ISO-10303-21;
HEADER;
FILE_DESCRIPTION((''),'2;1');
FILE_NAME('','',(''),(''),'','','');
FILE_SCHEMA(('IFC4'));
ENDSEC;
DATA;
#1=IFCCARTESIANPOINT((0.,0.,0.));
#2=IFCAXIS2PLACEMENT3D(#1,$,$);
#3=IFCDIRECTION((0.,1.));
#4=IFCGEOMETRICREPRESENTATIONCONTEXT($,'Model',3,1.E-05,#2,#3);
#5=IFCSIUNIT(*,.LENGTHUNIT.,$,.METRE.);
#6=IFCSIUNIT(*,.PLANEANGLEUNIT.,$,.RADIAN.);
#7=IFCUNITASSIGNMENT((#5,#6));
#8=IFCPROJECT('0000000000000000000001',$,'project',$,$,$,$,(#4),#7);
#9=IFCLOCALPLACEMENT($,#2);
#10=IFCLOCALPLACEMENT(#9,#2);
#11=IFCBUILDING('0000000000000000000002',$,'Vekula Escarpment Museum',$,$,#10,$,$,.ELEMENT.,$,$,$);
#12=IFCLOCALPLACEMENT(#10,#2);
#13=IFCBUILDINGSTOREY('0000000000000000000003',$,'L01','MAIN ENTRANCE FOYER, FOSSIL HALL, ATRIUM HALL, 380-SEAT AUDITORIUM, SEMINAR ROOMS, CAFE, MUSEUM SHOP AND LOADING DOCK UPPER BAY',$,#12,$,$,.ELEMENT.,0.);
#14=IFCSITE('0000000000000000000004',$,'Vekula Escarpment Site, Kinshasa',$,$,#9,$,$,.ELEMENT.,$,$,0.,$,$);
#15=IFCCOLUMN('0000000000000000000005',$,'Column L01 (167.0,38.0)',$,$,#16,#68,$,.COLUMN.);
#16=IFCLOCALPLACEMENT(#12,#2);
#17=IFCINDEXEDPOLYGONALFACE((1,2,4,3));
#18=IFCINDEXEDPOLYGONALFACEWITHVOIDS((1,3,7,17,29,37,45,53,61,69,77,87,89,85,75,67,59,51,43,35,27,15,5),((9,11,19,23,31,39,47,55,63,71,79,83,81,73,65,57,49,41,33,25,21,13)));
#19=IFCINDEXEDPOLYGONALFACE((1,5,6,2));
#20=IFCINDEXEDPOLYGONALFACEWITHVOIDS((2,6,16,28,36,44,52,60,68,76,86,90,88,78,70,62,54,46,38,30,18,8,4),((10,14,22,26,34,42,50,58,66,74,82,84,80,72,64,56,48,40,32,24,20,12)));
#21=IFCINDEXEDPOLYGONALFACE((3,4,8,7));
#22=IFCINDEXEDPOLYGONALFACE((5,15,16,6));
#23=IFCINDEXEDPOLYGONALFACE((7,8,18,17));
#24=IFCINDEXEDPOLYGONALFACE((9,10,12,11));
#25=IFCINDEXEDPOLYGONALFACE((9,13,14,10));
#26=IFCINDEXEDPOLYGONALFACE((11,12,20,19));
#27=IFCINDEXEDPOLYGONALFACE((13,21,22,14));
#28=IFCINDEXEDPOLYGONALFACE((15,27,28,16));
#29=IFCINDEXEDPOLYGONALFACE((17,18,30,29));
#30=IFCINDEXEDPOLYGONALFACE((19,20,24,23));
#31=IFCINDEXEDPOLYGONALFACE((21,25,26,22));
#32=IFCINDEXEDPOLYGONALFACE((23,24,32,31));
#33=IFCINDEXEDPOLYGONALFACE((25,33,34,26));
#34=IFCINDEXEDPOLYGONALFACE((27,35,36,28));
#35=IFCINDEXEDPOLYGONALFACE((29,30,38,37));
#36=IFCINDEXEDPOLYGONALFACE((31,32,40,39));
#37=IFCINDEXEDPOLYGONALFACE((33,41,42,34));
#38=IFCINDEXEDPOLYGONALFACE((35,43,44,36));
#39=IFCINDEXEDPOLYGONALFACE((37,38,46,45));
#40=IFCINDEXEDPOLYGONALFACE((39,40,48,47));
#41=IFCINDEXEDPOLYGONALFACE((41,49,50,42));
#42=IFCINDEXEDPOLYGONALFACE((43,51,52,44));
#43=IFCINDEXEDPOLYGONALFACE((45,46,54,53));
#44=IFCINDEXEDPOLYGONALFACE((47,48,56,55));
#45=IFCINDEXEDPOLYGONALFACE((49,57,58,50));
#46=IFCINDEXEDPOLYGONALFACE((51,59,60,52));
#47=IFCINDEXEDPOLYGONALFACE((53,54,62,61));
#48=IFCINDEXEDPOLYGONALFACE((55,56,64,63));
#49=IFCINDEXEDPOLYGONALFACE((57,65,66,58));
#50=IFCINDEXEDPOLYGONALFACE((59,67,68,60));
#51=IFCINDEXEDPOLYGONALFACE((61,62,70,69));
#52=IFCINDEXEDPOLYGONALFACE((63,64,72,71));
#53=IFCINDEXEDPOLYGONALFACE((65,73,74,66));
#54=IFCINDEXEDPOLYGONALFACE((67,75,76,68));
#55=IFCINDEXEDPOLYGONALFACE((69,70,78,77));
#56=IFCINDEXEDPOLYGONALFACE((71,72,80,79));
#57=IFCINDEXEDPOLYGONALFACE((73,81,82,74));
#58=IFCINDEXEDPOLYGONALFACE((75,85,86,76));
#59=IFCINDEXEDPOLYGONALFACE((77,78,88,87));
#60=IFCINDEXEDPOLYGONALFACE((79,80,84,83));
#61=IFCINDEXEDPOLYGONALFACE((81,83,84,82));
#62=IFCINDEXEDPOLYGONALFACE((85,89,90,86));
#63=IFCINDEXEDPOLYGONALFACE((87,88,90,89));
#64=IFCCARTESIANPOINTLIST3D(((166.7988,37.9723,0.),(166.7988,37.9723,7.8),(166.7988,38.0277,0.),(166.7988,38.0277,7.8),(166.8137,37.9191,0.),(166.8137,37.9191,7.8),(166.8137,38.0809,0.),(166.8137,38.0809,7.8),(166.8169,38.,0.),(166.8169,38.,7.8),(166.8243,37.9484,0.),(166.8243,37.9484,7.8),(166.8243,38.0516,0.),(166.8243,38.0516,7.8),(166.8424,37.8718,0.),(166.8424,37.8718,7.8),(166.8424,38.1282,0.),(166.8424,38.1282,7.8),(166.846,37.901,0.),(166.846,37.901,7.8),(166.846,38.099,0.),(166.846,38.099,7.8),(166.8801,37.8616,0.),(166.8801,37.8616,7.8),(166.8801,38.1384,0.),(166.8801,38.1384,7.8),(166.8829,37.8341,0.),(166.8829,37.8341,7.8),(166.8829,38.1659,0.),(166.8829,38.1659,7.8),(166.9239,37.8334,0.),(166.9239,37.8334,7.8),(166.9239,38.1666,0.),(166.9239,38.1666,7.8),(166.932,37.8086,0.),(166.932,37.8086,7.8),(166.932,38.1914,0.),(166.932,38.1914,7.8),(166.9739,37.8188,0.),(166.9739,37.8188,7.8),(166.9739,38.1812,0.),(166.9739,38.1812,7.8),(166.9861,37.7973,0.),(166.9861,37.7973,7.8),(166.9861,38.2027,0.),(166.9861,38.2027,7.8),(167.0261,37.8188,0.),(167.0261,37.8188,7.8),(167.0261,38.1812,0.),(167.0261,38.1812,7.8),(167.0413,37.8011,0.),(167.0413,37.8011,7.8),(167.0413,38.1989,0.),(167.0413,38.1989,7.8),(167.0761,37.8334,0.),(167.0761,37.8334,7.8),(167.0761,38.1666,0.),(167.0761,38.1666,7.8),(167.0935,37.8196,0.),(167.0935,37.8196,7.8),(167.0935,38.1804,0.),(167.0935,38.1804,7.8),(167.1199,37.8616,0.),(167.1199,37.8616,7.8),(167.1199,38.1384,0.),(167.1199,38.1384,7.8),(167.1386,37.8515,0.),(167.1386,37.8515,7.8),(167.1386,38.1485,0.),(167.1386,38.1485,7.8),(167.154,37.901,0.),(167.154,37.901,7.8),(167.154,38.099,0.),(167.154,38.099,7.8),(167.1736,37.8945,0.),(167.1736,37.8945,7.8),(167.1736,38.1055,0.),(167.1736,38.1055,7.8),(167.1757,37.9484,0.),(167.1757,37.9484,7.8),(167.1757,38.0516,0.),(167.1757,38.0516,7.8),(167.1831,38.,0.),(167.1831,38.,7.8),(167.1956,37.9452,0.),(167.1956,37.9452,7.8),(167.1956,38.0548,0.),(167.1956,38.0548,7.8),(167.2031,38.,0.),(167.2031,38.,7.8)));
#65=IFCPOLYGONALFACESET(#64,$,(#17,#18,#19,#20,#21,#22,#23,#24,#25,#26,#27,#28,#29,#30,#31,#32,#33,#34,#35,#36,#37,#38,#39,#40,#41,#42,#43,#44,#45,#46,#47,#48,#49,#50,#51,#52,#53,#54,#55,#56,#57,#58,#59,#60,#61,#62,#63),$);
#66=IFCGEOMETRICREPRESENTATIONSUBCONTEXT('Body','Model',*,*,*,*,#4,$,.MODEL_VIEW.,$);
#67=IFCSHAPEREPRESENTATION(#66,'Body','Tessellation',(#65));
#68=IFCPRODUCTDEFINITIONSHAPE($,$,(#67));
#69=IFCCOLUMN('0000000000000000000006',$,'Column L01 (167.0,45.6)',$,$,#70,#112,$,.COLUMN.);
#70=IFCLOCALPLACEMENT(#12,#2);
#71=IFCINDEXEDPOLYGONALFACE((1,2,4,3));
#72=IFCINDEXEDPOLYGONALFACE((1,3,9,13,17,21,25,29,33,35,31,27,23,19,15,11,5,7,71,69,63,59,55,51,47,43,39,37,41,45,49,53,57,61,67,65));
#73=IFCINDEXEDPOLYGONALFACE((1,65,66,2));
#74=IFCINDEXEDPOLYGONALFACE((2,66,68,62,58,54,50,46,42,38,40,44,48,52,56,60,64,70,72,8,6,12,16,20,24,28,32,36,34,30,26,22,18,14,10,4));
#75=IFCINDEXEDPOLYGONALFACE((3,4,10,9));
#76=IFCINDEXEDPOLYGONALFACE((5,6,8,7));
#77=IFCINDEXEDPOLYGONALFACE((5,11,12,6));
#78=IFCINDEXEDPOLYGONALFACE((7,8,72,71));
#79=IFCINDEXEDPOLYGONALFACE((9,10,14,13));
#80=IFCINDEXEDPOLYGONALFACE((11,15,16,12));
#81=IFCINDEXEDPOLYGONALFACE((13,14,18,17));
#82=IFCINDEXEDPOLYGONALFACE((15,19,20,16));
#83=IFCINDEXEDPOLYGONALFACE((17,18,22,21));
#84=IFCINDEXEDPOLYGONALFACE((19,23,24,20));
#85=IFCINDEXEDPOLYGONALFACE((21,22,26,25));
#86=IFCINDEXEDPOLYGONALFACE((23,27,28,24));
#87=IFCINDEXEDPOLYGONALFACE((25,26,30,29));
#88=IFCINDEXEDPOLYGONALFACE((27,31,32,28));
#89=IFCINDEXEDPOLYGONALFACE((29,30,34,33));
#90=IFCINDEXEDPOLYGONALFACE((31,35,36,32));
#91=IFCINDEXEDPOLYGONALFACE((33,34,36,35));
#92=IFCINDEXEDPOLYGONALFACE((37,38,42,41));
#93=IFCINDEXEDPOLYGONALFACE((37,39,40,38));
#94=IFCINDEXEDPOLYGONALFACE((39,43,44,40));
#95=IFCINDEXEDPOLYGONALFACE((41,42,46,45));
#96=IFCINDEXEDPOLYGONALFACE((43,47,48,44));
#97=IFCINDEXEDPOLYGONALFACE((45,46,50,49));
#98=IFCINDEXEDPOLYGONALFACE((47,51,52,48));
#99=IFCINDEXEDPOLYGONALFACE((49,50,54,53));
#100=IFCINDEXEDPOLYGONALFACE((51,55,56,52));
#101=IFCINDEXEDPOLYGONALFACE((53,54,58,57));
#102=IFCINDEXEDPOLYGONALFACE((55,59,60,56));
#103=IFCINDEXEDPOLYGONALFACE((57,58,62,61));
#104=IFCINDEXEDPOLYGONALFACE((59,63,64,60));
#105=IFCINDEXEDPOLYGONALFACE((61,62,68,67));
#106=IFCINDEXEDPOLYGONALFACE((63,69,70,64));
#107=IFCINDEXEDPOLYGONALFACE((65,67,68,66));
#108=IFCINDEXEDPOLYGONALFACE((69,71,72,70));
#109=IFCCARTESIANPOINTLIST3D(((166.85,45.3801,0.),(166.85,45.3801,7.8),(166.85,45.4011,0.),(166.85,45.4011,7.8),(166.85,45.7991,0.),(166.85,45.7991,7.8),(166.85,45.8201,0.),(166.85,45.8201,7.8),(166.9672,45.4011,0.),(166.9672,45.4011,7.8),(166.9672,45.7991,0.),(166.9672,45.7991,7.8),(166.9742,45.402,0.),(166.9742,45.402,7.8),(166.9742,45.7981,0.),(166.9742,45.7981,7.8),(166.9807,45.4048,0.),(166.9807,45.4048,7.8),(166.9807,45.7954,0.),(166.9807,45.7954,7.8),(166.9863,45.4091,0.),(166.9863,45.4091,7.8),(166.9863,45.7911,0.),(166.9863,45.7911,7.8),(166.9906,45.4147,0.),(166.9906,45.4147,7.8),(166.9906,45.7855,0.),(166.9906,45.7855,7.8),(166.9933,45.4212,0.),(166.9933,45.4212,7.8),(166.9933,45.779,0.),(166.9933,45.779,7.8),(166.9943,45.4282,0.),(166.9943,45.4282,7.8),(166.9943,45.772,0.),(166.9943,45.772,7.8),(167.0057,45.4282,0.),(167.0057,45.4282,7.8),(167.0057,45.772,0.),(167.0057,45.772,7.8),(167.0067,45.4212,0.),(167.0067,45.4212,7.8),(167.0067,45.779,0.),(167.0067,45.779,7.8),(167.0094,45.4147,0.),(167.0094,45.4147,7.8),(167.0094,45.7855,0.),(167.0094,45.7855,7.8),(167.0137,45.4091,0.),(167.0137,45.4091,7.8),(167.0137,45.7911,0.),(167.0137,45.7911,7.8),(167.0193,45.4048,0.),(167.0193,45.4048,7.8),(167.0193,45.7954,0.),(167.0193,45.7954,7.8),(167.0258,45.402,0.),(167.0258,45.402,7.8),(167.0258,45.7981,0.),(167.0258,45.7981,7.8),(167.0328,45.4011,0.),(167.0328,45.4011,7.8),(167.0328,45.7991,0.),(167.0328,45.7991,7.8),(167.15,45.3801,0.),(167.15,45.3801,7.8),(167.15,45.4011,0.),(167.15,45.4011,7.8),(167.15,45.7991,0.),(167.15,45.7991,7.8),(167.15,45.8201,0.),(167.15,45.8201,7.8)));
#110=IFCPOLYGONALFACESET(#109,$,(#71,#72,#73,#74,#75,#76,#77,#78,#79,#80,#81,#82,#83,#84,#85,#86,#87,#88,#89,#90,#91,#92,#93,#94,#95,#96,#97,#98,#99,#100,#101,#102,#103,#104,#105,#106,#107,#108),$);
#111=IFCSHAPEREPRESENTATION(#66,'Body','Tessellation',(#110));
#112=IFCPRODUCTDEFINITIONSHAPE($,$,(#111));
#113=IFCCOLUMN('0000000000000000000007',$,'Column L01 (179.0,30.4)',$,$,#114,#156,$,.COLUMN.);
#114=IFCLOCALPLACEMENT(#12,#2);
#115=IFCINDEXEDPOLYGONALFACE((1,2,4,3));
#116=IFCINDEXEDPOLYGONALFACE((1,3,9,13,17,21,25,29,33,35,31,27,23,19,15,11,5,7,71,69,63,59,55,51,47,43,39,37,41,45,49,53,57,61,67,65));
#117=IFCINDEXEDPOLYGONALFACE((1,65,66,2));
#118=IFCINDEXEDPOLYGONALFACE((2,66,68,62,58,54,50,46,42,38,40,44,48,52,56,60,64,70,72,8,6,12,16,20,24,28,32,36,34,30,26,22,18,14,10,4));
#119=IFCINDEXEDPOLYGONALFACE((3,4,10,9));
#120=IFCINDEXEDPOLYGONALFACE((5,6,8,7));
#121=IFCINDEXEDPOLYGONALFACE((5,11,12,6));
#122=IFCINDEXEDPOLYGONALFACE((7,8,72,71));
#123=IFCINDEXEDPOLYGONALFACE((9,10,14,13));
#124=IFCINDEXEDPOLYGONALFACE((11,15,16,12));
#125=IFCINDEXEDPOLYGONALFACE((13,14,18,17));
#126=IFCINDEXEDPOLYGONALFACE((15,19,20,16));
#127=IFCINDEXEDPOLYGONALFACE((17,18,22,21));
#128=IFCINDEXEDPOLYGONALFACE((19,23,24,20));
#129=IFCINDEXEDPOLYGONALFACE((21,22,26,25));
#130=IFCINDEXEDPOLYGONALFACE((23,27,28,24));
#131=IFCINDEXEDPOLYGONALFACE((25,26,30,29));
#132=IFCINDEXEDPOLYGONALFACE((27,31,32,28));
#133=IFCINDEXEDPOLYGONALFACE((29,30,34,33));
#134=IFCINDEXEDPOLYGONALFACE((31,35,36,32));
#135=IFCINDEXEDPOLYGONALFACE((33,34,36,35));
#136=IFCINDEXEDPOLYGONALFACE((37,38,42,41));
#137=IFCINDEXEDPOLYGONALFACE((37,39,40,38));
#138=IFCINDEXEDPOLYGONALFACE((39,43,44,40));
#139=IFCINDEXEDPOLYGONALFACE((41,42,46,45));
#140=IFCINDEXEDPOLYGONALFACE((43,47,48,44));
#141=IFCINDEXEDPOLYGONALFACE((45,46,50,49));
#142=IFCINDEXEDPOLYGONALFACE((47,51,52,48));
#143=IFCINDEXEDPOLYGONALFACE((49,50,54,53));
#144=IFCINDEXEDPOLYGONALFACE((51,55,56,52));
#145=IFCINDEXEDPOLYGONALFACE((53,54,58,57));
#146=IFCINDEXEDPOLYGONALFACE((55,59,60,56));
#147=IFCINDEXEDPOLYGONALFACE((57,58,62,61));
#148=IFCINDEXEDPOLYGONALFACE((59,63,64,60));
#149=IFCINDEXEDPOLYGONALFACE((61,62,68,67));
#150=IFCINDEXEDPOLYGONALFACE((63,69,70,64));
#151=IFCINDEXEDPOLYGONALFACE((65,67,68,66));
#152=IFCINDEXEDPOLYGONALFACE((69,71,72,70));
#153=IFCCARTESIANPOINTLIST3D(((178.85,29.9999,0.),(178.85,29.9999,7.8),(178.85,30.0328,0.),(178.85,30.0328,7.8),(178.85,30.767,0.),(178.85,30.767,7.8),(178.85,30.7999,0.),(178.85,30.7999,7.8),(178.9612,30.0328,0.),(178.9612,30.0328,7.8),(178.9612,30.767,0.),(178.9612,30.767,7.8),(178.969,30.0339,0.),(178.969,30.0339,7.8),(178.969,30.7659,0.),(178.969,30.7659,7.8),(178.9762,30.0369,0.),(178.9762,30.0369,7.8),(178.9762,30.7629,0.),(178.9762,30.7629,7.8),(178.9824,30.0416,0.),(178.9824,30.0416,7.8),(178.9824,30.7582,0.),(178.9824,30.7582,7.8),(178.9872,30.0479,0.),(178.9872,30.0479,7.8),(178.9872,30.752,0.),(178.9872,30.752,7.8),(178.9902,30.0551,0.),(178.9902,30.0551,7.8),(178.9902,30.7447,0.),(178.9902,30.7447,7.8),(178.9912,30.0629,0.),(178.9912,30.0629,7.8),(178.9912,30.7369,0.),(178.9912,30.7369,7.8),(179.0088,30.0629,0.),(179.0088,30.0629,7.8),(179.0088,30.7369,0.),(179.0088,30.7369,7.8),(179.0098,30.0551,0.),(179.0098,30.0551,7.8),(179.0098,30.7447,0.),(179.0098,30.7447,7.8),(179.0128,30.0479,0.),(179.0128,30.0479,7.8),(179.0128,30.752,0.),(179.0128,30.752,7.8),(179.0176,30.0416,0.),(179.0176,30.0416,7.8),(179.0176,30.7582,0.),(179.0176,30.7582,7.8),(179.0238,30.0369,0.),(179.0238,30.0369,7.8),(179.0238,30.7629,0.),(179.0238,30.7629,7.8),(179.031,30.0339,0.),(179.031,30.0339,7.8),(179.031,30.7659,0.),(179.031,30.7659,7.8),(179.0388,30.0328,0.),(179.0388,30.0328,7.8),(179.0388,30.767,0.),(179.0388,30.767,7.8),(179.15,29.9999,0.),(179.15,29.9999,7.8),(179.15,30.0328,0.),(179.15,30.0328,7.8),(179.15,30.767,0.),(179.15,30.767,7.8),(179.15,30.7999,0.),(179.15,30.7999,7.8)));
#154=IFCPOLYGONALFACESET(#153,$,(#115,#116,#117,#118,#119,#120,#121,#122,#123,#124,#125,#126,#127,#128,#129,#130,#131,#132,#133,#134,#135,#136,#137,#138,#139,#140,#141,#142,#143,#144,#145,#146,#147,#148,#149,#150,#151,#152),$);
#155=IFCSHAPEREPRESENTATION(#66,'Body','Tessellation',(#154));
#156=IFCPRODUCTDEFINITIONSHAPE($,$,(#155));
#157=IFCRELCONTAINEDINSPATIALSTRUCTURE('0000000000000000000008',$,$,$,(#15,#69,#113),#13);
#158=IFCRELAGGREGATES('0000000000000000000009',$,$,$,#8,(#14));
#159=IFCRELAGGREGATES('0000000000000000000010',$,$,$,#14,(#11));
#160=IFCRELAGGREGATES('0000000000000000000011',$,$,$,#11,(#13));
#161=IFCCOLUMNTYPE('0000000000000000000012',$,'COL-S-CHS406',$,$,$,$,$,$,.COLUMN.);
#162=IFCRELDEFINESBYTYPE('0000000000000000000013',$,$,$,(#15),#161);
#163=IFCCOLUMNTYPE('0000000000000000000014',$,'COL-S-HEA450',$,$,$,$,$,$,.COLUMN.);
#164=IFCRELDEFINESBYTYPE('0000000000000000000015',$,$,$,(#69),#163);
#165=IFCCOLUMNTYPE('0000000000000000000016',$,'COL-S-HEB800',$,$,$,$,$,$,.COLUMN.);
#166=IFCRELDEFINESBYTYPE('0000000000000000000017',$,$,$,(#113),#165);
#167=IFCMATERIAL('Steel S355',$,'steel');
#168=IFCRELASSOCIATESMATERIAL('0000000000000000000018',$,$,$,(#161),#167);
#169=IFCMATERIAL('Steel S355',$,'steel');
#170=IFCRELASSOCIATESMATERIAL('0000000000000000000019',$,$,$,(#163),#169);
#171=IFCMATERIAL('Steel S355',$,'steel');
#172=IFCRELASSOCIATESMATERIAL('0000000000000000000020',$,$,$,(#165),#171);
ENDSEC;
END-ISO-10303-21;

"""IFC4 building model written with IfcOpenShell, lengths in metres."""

from ifc_helpers import new_model, si_unit, direction, frame, origin, origin_2d, place, context, subcontext, project, spatial, hollow_circle, i_section, extrude, material, material_profile, profile_set, type_object, element, save


model = new_model("IFC4")

# Units and contexts
model_context = context("Model", 3, precision=1e-05, world=origin(), true_north=direction((0.0, 1.0)))
body_context = subcontext(model_context, "Body", "Model", "MODEL_VIEW")
ifc_project = project(units=[si_unit("LENGTHUNIT", "METRE"), si_unit("PLANEANGLEUNIT", "RADIAN")], contexts=[model_context])

# Site, building, storey
site_placement = place(None, origin())
site = spatial("IfcSite", under=ifc_project, at=site_placement, Name="Vekula Escarpment Site, Kinshasa", CompositionType="ELEMENT", RefElevation=0.0)
building_placement = place(site_placement, origin())
building = spatial("IfcBuilding", under=site, at=building_placement, Name="Vekula Escarpment Museum", CompositionType="ELEMENT")
storey_placement = place(building_placement, origin())
storey = spatial("IfcBuildingStorey", under=building, at=storey_placement, Name="L01", Description="MAIN ENTRANCE FOYER, FOSSIL HALL, ATRIUM HALL, 380-SEAT AUDITORIUM, SEMINAR ROOMS, CAFE, MUSEUM SHOP AND LOADING DOCK UPPER BAY", CompositionType="ELEMENT", Elevation=0.0)

# Columns
ifc_material_1 = material(Name="Steel S355", Category="steel")
ifc_material_profile_1 = material_profile(ifc_material_1, hollow_circle(Radius=0.2031, WallThickness=0.02, at=origin_2d()), Name="CHS 406.4x20")
ifc_profile_set_1 = profile_set([ifc_material_profile_1], Name="Steel S355")
column_type_1 = type_object("IfcColumnType", Name="COL-S-CHS406", PredefinedType="COLUMN", material=ifc_profile_set_1)
column_1_placement = place(storey_placement, frame((167.0, 38.0, 0.0), z_axis=(0.0, 0.0, 1.0), x_axis=(1.0, 0.0, 0.0)))
element("IfcColumn", 1, at=column_1_placement, inside=storey, type_object=column_type_1, Name="Column L01 (167.0,38.0)", PredefinedType="COLUMN", context=body_context, shape_type="SweptSolid", body=[
    extrude(hollow_circle(Radius=0.2031, WallThickness=0.02, at=origin_2d()), origin(), (0.0, 0.0, 1.0), 7.8),
])
ifc_material_2 = material(Name="Steel S355", Category="steel")
ifc_material_profile_2 = material_profile(ifc_material_2, i_section(OverallWidth=0.3, OverallDepth=0.4399, WebThickness=0.0115, FlangeThickness=0.021, FilletRadius=0.0271, at=origin_2d()), Name="HEA 450")
ifc_profile_set_2 = profile_set([ifc_material_profile_2], Name="Steel S355")
column_type_2 = type_object("IfcColumnType", Name="COL-S-HEA450", PredefinedType="COLUMN", material=ifc_profile_set_2)
column_2_placement = place(storey_placement, frame((167.0, 45.6001, 0.0), z_axis=(0.0, 0.0, 1.0), x_axis=(1.0, 0.0, 0.0)))
element("IfcColumn", 2, at=column_2_placement, inside=storey, type_object=column_type_2, Name="Column L01 (167.0,45.6)", PredefinedType="COLUMN", context=body_context, shape_type="SweptSolid", body=[
    extrude(i_section(OverallWidth=0.3, OverallDepth=0.4399, WebThickness=0.0115, FlangeThickness=0.021, FilletRadius=0.0271, at=origin_2d()), origin(), (0.0, 0.0, 1.0), 7.8),
])
ifc_material_3 = material(Name="Steel S355", Category="steel")
ifc_material_profile_3 = material_profile(ifc_material_3, i_section(OverallWidth=0.3, OverallDepth=0.8, WebThickness=0.0176, FlangeThickness=0.033, FilletRadius=0.03, at=origin_2d()), Name="HEB 800")
ifc_profile_set_3 = profile_set([ifc_material_profile_3], Name="Steel S355")
column_type_3 = type_object("IfcColumnType", Name="COL-S-HEB800", PredefinedType="COLUMN", material=ifc_profile_set_3)
column_3_placement = place(storey_placement, frame((179.0, 30.3999, 0.0), z_axis=(0.0, 0.0, 1.0), x_axis=(1.0, 0.0, 0.0)))
element("IfcColumn", 3, at=column_3_placement, inside=storey, type_object=column_type_3, Name="Column L01 (179.0,30.4)", PredefinedType="COLUMN", context=body_context, shape_type="SweptSolid", body=[
    extrude(i_section(OverallWidth=0.3, OverallDepth=0.8, WebThickness=0.0176, FlangeThickness=0.033, FilletRadius=0.03, at=origin_2d()), origin(), (0.0, 0.0, 1.0), 7.8),
])

save(model, "model.ifc")
